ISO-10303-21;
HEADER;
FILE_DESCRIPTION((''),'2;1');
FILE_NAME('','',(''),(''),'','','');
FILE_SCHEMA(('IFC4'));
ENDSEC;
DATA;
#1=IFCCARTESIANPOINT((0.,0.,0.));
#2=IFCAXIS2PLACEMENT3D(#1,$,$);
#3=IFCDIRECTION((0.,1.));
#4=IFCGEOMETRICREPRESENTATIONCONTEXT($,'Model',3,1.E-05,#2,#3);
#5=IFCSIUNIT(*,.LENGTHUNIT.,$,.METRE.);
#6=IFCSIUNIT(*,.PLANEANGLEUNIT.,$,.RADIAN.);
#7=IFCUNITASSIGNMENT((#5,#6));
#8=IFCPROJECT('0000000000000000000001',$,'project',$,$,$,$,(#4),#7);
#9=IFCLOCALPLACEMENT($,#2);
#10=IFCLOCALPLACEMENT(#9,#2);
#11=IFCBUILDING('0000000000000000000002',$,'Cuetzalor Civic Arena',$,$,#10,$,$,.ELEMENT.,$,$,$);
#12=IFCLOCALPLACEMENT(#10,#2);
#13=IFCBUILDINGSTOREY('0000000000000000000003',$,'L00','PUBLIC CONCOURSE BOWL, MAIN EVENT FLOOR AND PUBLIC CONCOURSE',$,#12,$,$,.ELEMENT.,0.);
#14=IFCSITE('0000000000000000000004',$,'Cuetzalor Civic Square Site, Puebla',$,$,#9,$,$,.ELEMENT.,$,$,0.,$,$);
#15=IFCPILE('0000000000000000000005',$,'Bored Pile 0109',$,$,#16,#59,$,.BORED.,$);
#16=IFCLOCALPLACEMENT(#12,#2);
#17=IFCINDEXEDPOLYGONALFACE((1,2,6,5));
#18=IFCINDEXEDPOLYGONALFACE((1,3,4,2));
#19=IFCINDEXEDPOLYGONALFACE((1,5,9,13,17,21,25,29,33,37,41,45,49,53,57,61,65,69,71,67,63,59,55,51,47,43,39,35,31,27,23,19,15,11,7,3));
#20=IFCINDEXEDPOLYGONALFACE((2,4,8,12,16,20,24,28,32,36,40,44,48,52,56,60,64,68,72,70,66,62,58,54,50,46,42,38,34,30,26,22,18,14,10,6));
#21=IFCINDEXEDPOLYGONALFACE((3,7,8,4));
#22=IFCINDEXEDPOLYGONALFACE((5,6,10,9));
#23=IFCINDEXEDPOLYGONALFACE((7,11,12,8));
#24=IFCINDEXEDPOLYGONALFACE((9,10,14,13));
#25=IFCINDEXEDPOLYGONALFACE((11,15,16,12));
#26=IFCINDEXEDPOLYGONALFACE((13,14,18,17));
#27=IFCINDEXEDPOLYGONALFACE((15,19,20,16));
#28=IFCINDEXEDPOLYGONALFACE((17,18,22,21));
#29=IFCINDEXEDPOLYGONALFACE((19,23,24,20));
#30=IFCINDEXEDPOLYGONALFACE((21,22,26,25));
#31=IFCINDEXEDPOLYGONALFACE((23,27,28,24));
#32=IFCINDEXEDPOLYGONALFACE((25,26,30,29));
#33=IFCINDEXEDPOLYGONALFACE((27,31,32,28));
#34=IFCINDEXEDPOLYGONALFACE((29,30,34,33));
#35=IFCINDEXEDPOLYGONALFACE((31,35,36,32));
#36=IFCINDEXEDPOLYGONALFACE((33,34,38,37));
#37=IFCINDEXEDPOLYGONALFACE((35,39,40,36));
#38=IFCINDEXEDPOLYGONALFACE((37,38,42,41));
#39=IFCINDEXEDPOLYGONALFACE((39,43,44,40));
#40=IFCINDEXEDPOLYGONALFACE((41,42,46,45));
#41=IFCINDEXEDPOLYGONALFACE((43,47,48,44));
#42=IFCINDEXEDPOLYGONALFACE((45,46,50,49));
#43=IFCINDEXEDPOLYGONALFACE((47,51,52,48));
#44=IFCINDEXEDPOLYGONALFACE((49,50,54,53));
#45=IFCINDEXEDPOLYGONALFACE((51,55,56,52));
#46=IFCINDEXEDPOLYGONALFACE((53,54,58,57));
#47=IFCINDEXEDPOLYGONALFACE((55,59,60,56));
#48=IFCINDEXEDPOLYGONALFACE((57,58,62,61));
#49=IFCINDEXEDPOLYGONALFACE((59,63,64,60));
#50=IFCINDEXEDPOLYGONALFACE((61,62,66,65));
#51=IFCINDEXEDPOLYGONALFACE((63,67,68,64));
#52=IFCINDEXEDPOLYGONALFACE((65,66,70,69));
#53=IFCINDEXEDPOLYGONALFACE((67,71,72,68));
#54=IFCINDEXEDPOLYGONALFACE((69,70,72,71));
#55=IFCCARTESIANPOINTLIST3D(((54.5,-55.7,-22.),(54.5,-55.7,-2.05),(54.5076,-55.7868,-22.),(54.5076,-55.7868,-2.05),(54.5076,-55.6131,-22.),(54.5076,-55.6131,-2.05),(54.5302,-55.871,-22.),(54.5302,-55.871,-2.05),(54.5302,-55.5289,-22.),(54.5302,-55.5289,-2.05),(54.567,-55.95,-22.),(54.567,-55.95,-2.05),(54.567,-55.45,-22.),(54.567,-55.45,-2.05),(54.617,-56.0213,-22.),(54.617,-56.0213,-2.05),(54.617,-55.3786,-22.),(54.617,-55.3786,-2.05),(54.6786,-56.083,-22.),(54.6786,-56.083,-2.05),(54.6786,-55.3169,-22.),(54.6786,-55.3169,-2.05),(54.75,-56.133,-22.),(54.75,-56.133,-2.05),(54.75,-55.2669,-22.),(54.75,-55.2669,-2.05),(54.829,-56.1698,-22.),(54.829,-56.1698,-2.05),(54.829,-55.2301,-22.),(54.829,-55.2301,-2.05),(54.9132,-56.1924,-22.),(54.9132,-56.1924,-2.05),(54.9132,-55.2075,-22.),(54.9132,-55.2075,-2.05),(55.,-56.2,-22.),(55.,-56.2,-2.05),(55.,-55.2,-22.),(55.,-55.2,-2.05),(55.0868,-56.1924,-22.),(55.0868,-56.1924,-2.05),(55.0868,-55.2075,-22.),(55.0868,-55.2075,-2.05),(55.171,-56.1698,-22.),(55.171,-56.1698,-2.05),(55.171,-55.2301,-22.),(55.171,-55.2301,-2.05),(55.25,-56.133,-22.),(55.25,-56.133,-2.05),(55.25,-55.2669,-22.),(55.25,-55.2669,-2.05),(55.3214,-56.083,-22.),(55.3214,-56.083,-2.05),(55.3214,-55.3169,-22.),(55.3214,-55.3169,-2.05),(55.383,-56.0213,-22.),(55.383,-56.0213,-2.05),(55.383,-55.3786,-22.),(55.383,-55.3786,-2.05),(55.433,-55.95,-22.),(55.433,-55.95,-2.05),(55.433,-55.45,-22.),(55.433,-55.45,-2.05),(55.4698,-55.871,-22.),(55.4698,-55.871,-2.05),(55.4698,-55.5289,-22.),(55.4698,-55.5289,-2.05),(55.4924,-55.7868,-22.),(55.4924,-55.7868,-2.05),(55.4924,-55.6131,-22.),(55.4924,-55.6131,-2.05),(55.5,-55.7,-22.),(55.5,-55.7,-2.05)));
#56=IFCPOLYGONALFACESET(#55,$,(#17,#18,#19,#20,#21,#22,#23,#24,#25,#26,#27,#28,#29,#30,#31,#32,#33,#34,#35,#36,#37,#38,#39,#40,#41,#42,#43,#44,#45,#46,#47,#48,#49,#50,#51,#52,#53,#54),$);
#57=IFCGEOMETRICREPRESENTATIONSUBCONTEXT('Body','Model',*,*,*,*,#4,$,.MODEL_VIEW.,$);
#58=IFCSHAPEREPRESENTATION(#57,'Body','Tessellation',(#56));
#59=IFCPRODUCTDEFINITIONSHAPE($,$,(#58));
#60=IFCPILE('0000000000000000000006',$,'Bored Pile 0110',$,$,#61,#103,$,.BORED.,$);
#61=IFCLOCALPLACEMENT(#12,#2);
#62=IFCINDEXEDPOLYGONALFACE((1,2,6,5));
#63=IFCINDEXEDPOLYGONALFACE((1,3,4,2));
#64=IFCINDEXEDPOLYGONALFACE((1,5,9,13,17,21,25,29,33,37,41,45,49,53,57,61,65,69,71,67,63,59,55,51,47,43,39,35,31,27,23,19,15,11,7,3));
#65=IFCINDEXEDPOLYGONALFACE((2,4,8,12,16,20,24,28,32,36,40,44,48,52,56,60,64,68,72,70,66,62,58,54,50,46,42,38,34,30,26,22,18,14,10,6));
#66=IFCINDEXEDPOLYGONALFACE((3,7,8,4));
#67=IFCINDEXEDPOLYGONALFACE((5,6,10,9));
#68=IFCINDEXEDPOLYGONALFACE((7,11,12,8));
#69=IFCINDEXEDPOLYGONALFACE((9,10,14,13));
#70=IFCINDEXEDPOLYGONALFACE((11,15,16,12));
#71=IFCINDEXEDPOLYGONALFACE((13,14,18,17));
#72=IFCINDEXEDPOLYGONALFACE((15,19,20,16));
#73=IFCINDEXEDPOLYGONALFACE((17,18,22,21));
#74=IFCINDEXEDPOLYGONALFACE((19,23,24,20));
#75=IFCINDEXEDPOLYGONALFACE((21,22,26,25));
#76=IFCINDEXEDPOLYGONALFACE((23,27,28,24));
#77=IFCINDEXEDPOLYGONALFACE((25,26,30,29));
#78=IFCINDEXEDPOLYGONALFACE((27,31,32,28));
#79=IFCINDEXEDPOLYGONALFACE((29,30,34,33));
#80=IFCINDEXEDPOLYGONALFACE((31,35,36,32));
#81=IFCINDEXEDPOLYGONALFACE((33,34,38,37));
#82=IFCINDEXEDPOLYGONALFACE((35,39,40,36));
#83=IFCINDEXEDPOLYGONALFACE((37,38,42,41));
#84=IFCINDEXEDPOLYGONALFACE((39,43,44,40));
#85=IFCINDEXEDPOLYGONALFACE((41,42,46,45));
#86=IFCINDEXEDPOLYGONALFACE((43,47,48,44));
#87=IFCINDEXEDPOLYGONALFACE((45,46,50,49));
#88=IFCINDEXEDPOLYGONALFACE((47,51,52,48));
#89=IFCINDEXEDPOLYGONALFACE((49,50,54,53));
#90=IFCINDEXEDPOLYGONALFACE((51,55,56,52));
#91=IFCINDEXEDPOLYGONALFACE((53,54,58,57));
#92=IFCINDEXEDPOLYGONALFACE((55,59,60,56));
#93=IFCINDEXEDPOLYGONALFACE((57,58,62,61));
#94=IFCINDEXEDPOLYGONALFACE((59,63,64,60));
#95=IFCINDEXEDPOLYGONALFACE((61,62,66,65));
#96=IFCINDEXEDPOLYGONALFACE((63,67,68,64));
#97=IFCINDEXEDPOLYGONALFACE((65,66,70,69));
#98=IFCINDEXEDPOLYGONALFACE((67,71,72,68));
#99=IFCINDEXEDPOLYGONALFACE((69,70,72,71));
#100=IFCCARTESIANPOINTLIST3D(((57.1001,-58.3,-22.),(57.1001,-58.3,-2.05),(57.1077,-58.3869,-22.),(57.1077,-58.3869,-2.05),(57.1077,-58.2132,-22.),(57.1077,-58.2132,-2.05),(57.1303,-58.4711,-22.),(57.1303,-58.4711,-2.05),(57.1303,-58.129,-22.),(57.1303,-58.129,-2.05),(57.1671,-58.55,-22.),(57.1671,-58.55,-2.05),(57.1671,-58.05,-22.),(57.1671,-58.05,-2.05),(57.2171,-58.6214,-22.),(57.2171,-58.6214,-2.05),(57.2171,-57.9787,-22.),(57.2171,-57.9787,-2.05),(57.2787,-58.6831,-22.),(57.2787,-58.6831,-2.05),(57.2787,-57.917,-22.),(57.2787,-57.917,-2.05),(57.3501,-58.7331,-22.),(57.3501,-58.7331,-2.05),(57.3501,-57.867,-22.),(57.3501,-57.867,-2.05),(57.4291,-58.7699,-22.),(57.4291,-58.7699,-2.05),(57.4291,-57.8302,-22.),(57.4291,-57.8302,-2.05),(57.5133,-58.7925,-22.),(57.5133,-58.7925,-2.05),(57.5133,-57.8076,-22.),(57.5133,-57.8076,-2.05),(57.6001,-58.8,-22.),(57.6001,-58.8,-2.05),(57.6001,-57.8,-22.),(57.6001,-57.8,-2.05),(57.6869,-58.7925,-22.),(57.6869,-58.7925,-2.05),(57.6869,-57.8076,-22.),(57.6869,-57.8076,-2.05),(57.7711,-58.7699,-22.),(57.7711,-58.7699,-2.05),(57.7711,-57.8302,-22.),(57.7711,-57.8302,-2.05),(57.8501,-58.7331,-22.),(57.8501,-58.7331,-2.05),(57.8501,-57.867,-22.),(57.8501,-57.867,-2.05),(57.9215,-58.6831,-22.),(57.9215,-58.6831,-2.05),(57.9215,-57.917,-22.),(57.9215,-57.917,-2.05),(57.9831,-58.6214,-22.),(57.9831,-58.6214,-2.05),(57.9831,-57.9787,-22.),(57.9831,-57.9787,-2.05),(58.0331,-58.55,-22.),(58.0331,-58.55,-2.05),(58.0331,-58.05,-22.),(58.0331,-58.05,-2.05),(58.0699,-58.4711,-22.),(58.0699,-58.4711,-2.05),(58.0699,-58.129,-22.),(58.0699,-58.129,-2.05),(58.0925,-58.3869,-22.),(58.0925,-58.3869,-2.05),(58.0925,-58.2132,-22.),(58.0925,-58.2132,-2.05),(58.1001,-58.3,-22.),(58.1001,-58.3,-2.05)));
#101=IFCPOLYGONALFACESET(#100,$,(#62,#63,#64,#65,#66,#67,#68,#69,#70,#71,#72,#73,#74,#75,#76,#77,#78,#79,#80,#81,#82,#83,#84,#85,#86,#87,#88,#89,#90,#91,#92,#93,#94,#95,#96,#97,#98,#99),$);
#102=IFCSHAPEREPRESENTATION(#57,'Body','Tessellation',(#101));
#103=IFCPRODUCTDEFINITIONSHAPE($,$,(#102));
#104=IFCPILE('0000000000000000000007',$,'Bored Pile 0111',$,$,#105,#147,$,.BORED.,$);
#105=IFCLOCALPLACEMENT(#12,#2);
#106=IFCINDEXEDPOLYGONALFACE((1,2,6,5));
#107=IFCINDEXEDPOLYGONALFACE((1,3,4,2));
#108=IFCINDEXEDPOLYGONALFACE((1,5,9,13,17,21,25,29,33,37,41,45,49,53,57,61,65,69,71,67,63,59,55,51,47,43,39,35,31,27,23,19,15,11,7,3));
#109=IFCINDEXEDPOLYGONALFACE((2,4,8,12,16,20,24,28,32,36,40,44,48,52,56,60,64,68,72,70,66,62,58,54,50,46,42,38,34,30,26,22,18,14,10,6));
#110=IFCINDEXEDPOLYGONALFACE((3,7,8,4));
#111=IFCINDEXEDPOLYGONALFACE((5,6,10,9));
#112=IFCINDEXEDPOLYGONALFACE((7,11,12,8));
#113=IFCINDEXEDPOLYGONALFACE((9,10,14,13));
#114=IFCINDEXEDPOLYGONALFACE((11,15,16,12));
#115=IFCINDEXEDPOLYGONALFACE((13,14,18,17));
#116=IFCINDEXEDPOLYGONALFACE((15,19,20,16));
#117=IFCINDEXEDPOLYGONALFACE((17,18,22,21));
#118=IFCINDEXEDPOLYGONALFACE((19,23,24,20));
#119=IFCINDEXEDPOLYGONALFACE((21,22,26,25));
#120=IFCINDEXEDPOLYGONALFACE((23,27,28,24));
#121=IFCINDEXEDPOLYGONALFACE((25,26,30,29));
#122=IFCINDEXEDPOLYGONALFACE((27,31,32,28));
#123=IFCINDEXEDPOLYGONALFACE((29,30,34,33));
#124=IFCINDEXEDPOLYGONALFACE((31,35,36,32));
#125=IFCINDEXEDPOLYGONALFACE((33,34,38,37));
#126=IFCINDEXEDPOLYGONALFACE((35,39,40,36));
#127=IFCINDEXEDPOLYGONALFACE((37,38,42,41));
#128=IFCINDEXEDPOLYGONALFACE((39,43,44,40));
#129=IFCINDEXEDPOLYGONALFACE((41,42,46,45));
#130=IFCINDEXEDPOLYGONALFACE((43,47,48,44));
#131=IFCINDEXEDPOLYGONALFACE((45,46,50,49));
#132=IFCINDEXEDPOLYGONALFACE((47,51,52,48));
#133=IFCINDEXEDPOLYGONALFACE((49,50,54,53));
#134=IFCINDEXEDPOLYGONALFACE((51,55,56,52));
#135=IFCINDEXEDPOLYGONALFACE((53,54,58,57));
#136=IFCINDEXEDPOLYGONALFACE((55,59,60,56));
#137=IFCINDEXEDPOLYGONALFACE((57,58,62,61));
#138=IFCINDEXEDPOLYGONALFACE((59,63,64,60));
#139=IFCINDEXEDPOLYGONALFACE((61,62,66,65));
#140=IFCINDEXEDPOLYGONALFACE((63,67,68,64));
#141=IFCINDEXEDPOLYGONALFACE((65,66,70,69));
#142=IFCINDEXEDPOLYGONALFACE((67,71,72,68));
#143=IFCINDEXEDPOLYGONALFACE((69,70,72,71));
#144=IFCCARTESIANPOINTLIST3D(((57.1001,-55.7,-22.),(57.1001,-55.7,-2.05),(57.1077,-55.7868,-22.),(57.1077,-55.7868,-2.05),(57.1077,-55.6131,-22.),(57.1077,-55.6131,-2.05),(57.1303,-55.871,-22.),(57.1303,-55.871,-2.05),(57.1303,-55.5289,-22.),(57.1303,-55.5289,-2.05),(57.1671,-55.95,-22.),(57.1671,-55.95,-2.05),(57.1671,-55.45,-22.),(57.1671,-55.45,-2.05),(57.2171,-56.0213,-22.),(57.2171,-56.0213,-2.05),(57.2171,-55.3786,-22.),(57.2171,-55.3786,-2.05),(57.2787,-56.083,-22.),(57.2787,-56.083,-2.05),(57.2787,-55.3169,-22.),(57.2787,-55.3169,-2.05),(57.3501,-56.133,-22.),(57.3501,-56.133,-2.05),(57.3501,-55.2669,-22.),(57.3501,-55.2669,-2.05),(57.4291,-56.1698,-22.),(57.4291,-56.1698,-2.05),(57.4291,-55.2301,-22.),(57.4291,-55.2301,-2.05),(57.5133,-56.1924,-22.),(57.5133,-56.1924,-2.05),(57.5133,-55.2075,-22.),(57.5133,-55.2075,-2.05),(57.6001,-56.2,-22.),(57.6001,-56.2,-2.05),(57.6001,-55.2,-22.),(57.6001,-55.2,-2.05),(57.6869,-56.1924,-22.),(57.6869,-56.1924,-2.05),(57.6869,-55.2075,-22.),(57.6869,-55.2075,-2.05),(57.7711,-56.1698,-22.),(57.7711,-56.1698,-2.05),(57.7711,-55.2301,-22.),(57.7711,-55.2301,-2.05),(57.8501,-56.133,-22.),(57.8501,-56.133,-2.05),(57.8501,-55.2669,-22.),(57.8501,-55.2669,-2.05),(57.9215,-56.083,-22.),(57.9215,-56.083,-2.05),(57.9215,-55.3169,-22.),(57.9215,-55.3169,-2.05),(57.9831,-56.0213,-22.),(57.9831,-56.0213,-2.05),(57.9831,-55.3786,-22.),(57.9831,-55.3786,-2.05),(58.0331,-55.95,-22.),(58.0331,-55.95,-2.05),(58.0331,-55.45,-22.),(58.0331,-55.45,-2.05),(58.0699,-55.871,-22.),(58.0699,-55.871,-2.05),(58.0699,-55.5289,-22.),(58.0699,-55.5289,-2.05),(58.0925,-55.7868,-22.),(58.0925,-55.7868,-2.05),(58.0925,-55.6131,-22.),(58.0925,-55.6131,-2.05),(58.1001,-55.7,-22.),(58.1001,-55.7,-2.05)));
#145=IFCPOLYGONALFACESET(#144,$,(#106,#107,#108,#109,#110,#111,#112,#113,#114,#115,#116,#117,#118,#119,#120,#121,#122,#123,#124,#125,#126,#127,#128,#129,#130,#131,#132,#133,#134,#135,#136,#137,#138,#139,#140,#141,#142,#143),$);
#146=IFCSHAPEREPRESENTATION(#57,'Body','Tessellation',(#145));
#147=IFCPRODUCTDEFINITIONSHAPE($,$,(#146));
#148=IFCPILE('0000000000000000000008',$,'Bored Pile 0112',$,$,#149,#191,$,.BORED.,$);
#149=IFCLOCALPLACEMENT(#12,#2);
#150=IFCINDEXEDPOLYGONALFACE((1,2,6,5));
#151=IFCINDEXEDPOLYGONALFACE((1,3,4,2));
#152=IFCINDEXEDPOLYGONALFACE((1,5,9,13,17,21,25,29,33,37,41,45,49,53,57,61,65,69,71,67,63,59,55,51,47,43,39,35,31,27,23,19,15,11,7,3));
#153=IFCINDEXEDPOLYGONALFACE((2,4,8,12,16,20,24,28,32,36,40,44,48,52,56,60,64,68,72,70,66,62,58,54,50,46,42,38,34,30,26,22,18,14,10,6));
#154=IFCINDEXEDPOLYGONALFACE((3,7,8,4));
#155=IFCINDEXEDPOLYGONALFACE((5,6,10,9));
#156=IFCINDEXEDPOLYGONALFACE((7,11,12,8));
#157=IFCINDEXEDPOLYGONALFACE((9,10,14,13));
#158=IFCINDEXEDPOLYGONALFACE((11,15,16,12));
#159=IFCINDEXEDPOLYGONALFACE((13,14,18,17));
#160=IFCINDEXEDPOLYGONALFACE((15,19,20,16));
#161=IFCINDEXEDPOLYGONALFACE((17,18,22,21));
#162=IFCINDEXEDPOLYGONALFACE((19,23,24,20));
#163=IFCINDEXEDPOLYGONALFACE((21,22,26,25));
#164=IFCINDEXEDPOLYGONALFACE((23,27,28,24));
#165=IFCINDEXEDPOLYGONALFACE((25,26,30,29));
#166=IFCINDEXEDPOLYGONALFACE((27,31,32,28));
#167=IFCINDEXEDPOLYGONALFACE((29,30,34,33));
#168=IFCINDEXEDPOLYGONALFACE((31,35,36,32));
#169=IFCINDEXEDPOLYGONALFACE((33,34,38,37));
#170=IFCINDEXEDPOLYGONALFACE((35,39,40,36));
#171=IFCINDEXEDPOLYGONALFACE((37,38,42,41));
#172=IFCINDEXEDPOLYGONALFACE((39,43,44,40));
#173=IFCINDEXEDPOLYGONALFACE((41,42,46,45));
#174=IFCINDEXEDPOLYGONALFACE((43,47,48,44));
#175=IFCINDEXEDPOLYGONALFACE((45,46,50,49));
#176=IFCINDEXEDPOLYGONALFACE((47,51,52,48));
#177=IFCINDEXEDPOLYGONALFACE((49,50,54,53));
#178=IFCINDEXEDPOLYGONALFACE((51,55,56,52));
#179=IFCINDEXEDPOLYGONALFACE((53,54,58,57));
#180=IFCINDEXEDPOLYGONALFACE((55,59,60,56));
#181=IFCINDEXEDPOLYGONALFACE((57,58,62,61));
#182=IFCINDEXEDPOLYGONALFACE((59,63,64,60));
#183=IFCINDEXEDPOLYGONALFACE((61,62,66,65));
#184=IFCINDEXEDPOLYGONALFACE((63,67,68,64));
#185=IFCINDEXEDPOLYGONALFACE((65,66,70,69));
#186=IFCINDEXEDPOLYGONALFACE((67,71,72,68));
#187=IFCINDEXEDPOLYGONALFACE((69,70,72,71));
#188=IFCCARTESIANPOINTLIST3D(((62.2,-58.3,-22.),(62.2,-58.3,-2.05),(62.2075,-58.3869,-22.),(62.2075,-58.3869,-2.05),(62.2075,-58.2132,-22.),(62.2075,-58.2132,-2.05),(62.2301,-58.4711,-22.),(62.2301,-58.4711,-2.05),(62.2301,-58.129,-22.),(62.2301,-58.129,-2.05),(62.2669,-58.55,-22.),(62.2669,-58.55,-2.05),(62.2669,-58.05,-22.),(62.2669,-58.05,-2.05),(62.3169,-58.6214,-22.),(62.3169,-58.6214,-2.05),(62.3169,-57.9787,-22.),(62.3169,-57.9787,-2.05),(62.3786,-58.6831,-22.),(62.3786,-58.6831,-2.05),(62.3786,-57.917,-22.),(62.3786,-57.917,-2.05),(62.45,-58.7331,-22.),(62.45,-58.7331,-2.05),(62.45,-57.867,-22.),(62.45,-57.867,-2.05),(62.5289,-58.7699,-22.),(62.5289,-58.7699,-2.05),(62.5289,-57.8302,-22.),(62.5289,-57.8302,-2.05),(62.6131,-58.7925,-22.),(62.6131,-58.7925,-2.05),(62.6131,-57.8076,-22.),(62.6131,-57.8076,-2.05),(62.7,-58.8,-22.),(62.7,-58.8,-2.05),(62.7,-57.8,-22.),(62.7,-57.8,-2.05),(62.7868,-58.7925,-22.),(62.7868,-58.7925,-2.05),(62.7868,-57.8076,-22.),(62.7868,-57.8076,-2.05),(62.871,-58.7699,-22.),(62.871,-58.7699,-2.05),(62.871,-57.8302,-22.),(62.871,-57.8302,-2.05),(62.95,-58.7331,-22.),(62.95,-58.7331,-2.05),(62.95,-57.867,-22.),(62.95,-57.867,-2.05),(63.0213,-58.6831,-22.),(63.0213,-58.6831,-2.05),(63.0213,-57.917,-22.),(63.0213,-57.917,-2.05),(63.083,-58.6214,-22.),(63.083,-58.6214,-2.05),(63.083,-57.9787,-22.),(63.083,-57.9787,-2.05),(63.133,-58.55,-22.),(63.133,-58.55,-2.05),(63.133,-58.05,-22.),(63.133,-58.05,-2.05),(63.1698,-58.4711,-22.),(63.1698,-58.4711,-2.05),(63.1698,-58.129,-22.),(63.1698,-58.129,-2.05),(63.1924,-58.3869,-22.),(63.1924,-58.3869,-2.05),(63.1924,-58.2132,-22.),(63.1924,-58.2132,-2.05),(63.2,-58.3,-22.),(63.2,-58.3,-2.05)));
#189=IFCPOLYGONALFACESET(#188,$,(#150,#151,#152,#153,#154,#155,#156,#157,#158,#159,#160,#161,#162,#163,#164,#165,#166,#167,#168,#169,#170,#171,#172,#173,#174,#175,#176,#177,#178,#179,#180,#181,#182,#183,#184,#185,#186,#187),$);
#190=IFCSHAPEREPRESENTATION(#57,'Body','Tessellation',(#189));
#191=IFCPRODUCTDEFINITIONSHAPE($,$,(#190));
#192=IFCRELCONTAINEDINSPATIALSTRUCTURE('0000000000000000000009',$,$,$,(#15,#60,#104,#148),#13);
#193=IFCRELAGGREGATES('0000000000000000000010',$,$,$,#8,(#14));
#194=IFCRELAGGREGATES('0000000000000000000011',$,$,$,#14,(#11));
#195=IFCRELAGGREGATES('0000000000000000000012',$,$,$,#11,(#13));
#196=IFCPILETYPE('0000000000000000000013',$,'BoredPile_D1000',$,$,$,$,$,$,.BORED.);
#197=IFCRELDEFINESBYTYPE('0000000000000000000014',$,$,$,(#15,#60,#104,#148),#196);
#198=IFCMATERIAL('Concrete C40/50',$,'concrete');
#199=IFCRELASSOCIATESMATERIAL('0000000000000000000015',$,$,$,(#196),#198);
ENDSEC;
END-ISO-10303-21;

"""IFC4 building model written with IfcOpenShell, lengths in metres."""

from ifc_helpers import new_model, si_unit, direction, frame, origin, origin_2d, place, context, subcontext, project, spatial, circle, extrude, material, material_profile, profile_set, type_object, element, save


model = new_model("IFC4")

# Units and contexts
model_context = context("Model", 3, precision=1e-05, world=origin(), true_north=direction((0.0, 1.0)))
body_context = subcontext(model_context, "Body", "Model", "MODEL_VIEW")
ifc_project = project(units=[si_unit("LENGTHUNIT", "METRE"), si_unit("PLANEANGLEUNIT", "RADIAN")], contexts=[model_context])

# Site, building, storey
site_placement = place(None, origin())
site = spatial("IfcSite", under=ifc_project, at=site_placement, Name="Cuetzalor Civic Square Site, Puebla", CompositionType="ELEMENT", RefElevation=0.0)
building_placement = place(site_placement, origin())
building = spatial("IfcBuilding", under=site, at=building_placement, Name="Cuetzalor Civic Arena", CompositionType="ELEMENT")
storey_placement = place(building_placement, origin())
storey = spatial("IfcBuildingStorey", under=building, at=storey_placement, Name="L00", Description="PUBLIC CONCOURSE BOWL, MAIN EVENT FLOOR AND PUBLIC CONCOURSE", CompositionType="ELEMENT", Elevation=0.0)

# Piles
ifc_material_1 = material(Name="Concrete C40/50", Category="concrete")
ifc_material_profile_1 = material_profile(ifc_material_1, circle(Radius=0.5, at=origin_2d()), Name="BORED PILE D1000")
ifc_profile_set_1 = profile_set([ifc_material_profile_1], Name="Concrete C40/50")
pile_type = type_object("IfcPileType", Name="BoredPile_D1000", PredefinedType="BORED", material=ifc_profile_set_1)
for number, where, z_axis, x_axis, name in (
    (1, (55.0, -55.7, -2.05), (0.0, 0.0, -1.0), (1.0, 0.0, 0.0), "Bored Pile 0109"),
    (2, (57.6001, -58.3, -2.05), (0.0, 0.0, -1.0), (1.0, 0.0, 0.0), "Bored Pile 0110"),
    (3, (57.6001, -55.7, -2.05), (0.0, 0.0, -1.0), (1.0, 0.0, 0.0), "Bored Pile 0111"),
    (4, (62.7, -58.3, -2.05), (0.0, 0.0, -1.0), (1.0, 0.0, 0.0), "Bored Pile 0112"),
):
    element("IfcPile", number, at=place(storey_placement, frame(where, z_axis=z_axis, x_axis=x_axis)), inside=storey, type_object=pile_type, Name=name, PredefinedType="BORED", context=body_context, shape_type="SweptSolid", body=[
        extrude(circle(Radius=0.5, at=origin_2d()), origin(), (0.0, 0.0, 1.0), 19.95),
    ])

save(model, "model.ifc")
